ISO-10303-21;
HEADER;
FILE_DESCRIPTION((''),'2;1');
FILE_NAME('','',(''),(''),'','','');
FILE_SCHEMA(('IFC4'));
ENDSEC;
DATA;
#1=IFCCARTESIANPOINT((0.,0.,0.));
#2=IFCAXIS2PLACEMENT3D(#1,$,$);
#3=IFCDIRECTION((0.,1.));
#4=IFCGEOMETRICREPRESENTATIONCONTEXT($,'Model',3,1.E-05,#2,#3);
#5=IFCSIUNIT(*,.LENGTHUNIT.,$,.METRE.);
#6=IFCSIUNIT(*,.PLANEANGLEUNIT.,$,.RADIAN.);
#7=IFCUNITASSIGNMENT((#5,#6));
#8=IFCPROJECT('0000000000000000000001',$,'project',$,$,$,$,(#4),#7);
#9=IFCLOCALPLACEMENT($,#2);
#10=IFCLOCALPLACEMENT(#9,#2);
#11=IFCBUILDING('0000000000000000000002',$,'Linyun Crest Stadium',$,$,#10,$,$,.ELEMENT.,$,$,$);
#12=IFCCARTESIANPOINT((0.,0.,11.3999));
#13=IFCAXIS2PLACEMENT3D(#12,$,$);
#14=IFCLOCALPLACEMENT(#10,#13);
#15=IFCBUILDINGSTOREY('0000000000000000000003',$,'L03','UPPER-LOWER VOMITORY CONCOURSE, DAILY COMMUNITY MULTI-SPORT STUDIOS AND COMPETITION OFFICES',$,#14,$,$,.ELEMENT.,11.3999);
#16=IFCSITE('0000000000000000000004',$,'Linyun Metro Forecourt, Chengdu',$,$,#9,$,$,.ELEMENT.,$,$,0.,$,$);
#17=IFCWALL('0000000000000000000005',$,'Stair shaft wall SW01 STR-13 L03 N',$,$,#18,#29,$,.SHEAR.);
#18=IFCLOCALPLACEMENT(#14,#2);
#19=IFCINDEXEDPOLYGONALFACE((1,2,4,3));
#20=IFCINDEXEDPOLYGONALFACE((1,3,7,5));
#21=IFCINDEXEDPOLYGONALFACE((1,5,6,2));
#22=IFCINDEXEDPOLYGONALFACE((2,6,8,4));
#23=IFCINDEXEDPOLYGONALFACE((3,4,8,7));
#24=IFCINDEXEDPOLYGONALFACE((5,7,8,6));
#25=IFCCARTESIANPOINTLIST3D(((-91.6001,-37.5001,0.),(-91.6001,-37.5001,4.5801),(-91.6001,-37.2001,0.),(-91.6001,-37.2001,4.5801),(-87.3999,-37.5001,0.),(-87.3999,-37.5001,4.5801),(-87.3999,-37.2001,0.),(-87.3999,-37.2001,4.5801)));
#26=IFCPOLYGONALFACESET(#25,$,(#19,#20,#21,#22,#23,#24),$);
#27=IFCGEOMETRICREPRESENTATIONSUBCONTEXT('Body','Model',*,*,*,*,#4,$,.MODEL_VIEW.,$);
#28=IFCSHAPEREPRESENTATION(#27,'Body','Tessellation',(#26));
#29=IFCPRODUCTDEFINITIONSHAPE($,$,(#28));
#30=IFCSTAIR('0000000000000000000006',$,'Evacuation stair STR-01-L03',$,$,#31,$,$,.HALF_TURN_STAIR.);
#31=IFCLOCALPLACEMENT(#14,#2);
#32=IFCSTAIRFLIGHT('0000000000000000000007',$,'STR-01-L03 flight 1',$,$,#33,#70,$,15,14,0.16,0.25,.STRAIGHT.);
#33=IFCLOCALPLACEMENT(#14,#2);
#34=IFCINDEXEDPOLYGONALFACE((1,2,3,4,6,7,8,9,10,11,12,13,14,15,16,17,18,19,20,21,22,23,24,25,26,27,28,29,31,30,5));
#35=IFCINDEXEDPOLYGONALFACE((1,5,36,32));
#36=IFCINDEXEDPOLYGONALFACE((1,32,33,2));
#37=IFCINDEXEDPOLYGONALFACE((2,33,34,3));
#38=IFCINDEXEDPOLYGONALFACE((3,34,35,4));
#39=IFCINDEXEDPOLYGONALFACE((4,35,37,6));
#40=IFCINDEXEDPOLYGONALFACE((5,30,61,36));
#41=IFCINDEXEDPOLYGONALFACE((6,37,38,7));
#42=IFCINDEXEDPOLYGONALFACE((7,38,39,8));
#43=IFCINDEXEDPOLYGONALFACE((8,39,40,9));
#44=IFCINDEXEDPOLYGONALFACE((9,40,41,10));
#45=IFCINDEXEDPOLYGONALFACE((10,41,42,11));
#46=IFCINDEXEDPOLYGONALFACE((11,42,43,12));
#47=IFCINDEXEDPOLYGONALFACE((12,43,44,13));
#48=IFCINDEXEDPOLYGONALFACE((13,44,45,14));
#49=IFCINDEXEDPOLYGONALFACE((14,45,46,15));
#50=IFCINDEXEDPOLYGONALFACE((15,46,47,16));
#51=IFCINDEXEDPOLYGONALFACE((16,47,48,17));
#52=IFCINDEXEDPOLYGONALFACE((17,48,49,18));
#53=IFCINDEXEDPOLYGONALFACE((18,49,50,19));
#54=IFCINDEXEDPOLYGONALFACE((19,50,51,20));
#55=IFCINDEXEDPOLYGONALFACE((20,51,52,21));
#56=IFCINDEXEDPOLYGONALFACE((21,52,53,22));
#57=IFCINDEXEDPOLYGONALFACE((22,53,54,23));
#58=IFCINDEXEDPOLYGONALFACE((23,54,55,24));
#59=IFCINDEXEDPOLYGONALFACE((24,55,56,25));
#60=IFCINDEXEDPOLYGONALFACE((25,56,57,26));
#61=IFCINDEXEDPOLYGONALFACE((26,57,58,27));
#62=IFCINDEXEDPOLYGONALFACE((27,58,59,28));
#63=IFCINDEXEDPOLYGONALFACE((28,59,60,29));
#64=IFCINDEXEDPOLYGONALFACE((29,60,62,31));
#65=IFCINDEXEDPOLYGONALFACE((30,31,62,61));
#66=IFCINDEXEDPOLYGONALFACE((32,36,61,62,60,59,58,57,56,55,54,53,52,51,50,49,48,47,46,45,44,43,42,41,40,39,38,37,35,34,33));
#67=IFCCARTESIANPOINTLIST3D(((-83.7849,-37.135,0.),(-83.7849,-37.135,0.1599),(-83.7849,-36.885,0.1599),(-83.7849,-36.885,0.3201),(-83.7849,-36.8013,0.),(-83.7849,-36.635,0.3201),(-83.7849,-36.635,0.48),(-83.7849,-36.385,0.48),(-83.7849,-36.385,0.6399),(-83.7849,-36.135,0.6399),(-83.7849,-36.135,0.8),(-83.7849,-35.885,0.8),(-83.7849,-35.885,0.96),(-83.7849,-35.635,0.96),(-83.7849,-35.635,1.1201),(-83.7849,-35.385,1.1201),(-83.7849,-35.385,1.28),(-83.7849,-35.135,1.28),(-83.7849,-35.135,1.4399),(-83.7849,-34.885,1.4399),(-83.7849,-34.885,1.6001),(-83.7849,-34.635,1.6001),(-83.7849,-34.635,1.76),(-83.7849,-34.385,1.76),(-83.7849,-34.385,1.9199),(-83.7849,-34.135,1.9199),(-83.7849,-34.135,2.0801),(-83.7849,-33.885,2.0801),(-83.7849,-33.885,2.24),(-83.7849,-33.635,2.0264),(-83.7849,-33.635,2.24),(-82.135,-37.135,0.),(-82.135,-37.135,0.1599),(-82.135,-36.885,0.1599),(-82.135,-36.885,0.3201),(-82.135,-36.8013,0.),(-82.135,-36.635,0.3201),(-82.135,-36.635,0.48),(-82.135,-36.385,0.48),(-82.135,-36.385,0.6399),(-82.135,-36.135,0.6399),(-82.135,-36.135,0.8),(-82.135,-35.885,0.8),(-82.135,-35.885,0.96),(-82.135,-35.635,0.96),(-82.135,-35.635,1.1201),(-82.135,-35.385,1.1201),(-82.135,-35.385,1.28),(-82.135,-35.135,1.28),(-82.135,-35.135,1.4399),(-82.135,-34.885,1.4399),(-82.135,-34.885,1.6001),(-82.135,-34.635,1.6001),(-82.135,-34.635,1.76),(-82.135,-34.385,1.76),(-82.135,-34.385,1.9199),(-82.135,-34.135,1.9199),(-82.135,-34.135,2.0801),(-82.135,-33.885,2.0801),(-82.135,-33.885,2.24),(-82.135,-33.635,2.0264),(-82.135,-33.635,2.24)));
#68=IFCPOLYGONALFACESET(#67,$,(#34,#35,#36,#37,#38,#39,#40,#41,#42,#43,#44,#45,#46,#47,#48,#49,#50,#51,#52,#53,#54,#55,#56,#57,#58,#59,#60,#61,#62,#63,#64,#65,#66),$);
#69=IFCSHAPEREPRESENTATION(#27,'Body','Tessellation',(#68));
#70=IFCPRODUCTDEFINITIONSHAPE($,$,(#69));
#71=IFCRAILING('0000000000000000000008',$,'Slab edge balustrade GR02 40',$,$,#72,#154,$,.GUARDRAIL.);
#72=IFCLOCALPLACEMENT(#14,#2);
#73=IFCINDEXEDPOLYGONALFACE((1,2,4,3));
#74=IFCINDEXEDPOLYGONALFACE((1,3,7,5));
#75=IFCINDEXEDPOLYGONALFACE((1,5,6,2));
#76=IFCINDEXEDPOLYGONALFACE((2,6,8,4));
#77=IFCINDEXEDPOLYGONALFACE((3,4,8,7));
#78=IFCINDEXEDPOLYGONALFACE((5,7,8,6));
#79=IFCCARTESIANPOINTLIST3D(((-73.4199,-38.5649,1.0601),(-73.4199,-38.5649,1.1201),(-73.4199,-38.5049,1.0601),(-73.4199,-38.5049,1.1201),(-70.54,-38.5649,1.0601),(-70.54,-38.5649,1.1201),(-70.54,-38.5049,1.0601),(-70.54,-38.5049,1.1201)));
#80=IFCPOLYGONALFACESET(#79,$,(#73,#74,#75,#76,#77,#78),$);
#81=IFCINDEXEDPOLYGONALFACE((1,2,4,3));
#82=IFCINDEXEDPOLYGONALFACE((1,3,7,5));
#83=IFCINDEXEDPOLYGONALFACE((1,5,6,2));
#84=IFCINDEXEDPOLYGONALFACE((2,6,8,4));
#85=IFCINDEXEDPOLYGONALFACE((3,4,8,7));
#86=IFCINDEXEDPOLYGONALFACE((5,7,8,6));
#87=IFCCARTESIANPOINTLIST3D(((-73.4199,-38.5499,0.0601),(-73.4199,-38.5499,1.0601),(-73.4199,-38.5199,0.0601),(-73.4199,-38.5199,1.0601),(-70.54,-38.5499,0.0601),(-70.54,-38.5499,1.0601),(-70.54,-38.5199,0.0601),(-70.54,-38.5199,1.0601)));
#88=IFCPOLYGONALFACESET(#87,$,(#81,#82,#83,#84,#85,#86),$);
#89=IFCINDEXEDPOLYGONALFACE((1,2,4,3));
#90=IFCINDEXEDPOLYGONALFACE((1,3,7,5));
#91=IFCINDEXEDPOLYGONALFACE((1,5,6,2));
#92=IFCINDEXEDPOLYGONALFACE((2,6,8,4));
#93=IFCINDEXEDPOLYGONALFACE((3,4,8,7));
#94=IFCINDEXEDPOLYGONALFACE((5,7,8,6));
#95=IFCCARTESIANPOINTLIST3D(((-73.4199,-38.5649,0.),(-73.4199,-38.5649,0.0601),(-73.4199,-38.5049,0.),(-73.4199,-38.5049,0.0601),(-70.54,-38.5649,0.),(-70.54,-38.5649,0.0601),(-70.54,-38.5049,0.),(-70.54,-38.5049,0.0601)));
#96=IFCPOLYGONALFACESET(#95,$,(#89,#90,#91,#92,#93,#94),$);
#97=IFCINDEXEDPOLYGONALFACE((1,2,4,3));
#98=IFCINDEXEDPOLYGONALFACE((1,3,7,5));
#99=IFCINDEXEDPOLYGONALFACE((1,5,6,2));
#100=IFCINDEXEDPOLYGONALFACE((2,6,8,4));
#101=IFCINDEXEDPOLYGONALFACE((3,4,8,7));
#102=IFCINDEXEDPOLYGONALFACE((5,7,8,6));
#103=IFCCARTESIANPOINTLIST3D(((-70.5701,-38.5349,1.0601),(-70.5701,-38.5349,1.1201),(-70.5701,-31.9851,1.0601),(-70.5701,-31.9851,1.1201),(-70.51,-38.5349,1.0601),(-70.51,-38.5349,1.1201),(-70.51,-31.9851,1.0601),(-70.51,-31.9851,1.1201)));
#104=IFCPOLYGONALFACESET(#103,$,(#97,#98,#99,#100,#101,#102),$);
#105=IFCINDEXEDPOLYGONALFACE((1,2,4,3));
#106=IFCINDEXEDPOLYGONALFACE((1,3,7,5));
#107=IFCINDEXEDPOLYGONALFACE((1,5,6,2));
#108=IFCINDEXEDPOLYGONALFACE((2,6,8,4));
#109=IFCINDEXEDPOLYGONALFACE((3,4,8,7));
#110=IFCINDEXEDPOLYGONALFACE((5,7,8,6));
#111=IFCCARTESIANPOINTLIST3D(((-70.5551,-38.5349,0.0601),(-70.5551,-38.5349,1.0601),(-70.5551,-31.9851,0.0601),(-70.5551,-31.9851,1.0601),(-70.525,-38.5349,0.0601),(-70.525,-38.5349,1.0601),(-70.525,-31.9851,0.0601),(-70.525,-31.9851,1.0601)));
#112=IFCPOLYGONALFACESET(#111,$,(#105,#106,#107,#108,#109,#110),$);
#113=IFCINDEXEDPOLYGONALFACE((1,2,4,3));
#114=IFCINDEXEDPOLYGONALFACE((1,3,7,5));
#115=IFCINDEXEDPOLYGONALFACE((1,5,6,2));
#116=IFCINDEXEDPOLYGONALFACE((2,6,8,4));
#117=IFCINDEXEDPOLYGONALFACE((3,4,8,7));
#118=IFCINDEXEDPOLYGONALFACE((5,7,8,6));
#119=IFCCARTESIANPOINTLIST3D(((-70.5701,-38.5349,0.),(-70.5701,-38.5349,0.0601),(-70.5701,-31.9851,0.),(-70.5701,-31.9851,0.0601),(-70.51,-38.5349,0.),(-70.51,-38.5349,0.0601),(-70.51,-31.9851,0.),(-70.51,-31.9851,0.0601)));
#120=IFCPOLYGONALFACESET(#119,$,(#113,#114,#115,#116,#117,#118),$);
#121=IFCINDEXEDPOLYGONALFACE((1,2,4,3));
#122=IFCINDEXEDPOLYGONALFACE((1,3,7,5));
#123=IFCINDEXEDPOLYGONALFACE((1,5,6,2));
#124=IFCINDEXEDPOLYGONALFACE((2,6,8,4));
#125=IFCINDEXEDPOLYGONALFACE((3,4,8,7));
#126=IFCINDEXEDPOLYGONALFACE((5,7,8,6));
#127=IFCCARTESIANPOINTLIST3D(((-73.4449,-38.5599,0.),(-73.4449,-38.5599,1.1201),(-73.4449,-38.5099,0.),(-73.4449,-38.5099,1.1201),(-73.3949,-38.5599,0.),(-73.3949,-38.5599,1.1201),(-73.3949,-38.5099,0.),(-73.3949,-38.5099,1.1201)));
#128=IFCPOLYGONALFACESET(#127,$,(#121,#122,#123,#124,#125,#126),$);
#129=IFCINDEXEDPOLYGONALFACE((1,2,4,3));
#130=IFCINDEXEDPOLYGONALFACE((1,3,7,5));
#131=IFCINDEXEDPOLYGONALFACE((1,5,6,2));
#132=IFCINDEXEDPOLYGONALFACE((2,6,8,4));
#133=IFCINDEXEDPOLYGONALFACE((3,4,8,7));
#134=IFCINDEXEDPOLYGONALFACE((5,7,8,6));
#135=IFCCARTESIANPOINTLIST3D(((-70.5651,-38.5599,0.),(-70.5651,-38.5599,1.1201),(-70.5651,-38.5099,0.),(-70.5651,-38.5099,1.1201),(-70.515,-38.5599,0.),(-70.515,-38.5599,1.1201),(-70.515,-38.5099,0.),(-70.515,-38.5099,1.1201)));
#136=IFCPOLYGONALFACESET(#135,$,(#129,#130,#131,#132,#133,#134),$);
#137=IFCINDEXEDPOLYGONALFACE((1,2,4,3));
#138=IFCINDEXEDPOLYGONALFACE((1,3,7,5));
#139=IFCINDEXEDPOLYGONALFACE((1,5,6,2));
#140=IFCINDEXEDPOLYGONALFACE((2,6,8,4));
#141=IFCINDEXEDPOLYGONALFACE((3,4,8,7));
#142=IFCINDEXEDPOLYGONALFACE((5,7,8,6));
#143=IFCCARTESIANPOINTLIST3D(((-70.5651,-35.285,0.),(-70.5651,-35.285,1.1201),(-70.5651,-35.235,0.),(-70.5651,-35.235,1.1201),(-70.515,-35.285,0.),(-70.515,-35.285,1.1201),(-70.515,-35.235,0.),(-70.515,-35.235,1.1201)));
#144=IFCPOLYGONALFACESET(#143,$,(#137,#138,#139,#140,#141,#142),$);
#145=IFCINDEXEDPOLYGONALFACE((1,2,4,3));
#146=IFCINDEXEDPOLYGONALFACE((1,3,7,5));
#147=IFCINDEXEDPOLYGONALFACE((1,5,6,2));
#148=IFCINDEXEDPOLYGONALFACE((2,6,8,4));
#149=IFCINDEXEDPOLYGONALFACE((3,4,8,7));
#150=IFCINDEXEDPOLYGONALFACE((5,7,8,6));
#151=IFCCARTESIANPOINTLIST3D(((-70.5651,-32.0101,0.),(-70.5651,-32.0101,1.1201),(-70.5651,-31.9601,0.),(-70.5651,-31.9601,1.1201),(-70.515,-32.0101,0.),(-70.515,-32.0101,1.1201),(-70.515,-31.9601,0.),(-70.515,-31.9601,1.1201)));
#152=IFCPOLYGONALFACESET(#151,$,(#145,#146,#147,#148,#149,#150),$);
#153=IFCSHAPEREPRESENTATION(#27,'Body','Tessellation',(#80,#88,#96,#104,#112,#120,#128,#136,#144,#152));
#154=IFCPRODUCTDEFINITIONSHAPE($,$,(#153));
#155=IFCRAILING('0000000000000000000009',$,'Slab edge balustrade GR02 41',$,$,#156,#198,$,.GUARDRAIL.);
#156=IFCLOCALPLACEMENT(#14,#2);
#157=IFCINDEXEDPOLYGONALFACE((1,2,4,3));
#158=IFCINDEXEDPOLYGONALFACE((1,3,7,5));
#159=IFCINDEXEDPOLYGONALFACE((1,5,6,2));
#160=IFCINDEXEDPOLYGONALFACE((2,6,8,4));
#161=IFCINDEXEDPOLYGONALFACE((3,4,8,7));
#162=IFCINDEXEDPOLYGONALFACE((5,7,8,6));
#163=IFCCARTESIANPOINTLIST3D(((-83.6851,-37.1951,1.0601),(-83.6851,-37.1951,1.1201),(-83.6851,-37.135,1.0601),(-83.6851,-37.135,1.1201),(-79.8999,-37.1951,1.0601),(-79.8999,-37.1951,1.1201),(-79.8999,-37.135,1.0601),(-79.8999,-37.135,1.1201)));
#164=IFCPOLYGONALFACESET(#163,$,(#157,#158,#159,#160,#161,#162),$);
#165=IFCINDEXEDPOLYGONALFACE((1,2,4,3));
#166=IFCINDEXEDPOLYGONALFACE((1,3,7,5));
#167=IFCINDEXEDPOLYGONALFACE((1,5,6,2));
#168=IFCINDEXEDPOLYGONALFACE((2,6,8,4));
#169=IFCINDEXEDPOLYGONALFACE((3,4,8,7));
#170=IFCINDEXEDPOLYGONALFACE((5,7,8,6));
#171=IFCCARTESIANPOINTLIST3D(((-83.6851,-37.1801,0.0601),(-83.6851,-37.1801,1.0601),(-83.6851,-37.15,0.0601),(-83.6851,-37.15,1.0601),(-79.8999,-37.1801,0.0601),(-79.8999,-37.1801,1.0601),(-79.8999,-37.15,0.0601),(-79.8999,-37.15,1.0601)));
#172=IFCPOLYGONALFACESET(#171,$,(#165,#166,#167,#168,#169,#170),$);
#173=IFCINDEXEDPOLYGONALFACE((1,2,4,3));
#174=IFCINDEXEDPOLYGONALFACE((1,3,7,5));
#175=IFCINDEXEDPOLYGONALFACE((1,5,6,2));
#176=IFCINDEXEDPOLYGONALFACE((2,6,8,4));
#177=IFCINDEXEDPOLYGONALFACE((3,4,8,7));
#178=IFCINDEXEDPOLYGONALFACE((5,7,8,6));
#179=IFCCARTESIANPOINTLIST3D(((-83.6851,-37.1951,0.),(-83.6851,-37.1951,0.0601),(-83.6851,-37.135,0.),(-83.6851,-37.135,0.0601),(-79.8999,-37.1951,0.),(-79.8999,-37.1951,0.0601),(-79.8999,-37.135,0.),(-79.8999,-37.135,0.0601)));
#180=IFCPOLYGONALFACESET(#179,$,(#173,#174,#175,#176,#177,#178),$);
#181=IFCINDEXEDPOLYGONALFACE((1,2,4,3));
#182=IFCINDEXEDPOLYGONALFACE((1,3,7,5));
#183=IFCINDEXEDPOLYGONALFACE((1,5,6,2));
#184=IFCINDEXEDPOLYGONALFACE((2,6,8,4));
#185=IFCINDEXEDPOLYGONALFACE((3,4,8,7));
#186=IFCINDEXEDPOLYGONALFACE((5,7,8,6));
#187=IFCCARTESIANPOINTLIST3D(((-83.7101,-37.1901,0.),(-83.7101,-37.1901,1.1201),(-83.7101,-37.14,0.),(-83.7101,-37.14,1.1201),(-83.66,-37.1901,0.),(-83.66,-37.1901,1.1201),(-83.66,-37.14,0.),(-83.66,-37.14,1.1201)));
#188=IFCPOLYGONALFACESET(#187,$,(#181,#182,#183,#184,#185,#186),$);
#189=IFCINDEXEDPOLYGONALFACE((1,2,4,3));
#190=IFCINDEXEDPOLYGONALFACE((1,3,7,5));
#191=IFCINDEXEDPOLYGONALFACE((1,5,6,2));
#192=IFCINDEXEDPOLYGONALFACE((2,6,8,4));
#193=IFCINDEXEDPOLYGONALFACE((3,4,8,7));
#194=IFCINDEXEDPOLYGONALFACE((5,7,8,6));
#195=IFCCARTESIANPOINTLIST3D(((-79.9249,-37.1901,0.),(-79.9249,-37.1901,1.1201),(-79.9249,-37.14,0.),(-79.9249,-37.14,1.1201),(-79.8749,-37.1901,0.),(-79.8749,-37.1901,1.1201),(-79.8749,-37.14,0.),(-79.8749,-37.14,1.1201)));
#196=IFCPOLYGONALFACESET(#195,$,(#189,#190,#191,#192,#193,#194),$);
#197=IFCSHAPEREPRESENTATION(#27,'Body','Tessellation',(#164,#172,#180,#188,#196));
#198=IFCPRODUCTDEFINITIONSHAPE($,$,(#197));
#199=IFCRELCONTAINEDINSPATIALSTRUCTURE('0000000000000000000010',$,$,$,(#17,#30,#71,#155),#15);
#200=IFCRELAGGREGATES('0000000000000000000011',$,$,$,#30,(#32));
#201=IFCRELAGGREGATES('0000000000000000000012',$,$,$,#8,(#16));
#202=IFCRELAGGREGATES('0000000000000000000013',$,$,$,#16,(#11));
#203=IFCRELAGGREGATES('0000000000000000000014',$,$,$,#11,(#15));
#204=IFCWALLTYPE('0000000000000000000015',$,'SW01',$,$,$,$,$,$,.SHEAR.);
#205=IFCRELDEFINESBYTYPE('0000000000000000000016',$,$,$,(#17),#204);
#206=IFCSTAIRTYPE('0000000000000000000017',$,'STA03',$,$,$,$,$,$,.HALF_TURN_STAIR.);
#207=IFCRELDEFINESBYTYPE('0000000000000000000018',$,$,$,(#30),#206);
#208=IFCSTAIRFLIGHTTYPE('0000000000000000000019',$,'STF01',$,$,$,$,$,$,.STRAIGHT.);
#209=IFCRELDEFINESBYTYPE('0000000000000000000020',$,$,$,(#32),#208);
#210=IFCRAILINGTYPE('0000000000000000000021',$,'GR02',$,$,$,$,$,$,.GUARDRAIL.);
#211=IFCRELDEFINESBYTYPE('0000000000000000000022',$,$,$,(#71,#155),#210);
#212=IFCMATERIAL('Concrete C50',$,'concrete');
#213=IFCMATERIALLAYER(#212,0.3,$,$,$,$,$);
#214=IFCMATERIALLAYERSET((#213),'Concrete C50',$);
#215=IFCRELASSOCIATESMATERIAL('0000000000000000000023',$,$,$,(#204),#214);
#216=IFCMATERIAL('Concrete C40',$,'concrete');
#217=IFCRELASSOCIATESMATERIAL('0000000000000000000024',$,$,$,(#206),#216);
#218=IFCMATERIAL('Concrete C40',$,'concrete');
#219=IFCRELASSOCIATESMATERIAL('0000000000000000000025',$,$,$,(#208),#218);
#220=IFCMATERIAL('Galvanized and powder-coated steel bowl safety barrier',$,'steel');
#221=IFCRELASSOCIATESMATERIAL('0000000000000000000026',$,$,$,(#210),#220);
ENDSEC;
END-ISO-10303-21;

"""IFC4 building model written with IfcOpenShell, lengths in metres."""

from ifc_helpers import new_model, si_unit, direction, frame, frame_2d, origin, origin_2d, place, context, subcontext, project, spatial, polyline, rectangle, outline, extrude, material, layer, layer_set, type_object, element, aggregate, save


model = new_model("IFC4")

# Units and contexts
model_context = context("Model", 3, precision=1e-05, world=origin(), true_north=direction((0.0, 1.0)))
body_context = subcontext(model_context, "Body", "Model", "MODEL_VIEW")
ifc_project = project(units=[si_unit("LENGTHUNIT", "METRE"), si_unit("PLANEANGLEUNIT", "RADIAN")], contexts=[model_context])

# Site, building, storey
site_placement = place(None, origin())
site = spatial("IfcSite", under=ifc_project, at=site_placement, Name="Linyun Metro Forecourt, Chengdu", CompositionType="ELEMENT", RefElevation=0.0)
building_placement = place(site_placement, origin())
building = spatial("IfcBuilding", under=site, at=building_placement, Name="Linyun Crest Stadium", CompositionType="ELEMENT")
storey_placement = place(building_placement, frame((0.0, 0.0, 11.3999)))
storey = spatial("IfcBuildingStorey", under=building, at=storey_placement, Name="L03", Description="UPPER-LOWER VOMITORY CONCOURSE, DAILY COMMUNITY MULTI-SPORT STUDIOS AND COMPETITION OFFICES", CompositionType="ELEMENT", Elevation=11.3999)

# Shared definitions
ifc_material_1 = material(Name="Concrete C50", Category="concrete")
ifc_layer_1 = layer(ifc_material_1, 0.3)
ifc_layer_set_1 = layer_set([ifc_layer_1], Name="Concrete C50")
wall_type_1 = type_object("IfcWallType", Name="SW01", PredefinedType="SHEAR", material=ifc_layer_set_1)

# Wall
wall_1_placement = place(storey_placement, frame((-91.6001, -37.3501, 0.0), z_axis=(0.0, 0.0, 1.0), x_axis=(1.0, 0.0, 0.0)))
element("IfcWall", 1, at=wall_1_placement, inside=storey, type_object=wall_type_1, Name="Stair shaft wall SW01 STR-13 L03 N", PredefinedType="SHEAR", context=body_context, shape_type="SweptSolid", body=[
    extrude(rectangle(XDim=4.2002, YDim=0.3, at=frame_2d((2.1001, 0.0))), origin(), (0.0, 0.0, 1.0), 4.5801),
])

# Stair, stair flight
ifc_material_2 = material(Name="Concrete C40", Category="concrete")
stair_type = type_object("IfcStairType", Name="STA03", PredefinedType="HALF_TURN_STAIR", material=ifc_material_2)
stair_placement = place(storey_placement, origin())
stair = element("IfcStair", 2, at=stair_placement, inside=storey, type_object=stair_type, Name="Evacuation stair STR-01-L03", PredefinedType="HALF_TURN_STAIR")
ifc_material_3 = material(Name="Concrete C40", Category="concrete")
stair_flight_type = type_object("IfcStairFlightType", Name="STF01", PredefinedType="STRAIGHT", material=ifc_material_3)
stair_flight_placement = place(storey_placement, frame((-82.96, -37.135, 0.0), z_axis=(0.0, 0.0, 1.0), x_axis=(0.0, 1.0, 0.0)))
stair_flight = element("IfcStairFlight", 3, at=stair_flight_placement, type_object=stair_flight_type, Name="STR-01-L03 flight 1", NumberOfRisers=15, NumberOfTreads=14, PredefinedType="STRAIGHT", RiserHeight=0.16, TreadLength=0.25, context=body_context, shape_type="SweptSolid", body=[
    extrude(outline(polyline([(0.0, 0.0), (0.0, 0.1599), (0.25, 0.1599), (0.25, 0.3201), (0.5, 0.3201), (0.5, 0.48), (0.75, 0.48), (0.75, 0.6399), (1.0, 0.6399), (1.0, 0.8), (1.25, 0.8), (1.25, 0.96), (1.5, 0.96), (1.5, 1.1201), (1.75, 1.1201), (1.75, 1.28), (2.0, 1.28), (2.0, 1.4399), (2.25, 1.4399), (2.25, 1.6001), (2.5, 1.6001), (2.5, 1.76), (2.75, 1.76), (2.75, 1.9199), (3.0, 1.9199), (3.0, 2.0801), (3.25, 2.0801), (3.25, 2.24), (3.5, 2.24), (3.5, 2.3999), (3.5, 2.0264), (0.3337, 0.0), (0.0, 0.0)])), frame((0.0, 0.825, 0.0), z_axis=(0.0, -1.0, 0.0), x_axis=(1.0, 0.0, 0.0)), (0.0, 0.0, 1.0), 1.6499),
])
aggregate(stair, [stair_flight])

# Railings
ifc_material_4 = material(Name="Galvanized and powder-coated steel bowl safety barrier", Category="steel")
railing_type_1 = type_object("IfcRailingType", Name="GR02", PredefinedType="GUARDRAIL", material=ifc_material_4)
railing_1_placement = place(storey_placement, frame((-73.4199, -38.5349, 0.0)))
element("IfcRailing", 4, at=railing_1_placement, inside=storey, type_object=railing_type_1, Name="Slab edge balustrade GR02 40", PredefinedType="GUARDRAIL", context=body_context, shape_type="SweptSolid", body=[
    extrude(rectangle(XDim=0.0601, YDim=0.0601, at=origin_2d()), frame((0.0, 0.0, 1.0901), z_axis=(1.0, 0.0, 0.0), x_axis=(0.0, 1.0, 0.0)), (0.0, 0.0, 1.0), 2.8799),
    extrude(rectangle(XDim=0.03, YDim=1.0, at=origin_2d()), frame((0.0, 0.0, 0.5601), z_axis=(1.0, 0.0, 0.0), x_axis=(0.0, 1.0, 0.0)), (0.0, 0.0, 1.0), 2.8799),
    extrude(rectangle(XDim=0.0601, YDim=0.0601, at=origin_2d()), frame((0.0, 0.0, 0.03), z_axis=(1.0, 0.0, 0.0), x_axis=(0.0, 1.0, 0.0)), (0.0, 0.0, 1.0), 2.8799),
    extrude(rectangle(XDim=0.0601, YDim=0.0601, at=origin_2d()), frame((2.8799, 0.0, 1.0901), z_axis=(0.0, 1.0, 0.0), x_axis=(-1.0, 0.0, 0.0)), (0.0, 0.0, 1.0), 6.5498),
    extrude(rectangle(XDim=0.03, YDim=1.0, at=origin_2d()), frame((2.8799, 0.0, 0.5601), z_axis=(0.0, 1.0, 0.0), x_axis=(-1.0, 0.0, 0.0)), (0.0, 0.0, 1.0), 6.5498),
    extrude(rectangle(XDim=0.0601, YDim=0.0601, at=origin_2d()), frame((2.8799, 0.0, 0.03), z_axis=(0.0, 1.0, 0.0), x_axis=(-1.0, 0.0, 0.0)), (0.0, 0.0, 1.0), 6.5498),
    extrude(rectangle(XDim=0.05, YDim=0.05, at=origin_2d()), origin(), (0.0, 0.0, 1.0), 1.1201),
    extrude(rectangle(XDim=0.05, YDim=0.05, at=origin_2d()), frame((2.8799, 0.0, 0.0)), (0.0, 0.0, 1.0), 1.1201),
    extrude(rectangle(XDim=0.05, YDim=0.05, at=origin_2d()), frame((2.8799, 3.2749, 0.0)), (0.0, 0.0, 1.0), 1.1201),
    extrude(rectangle(XDim=0.05, YDim=0.05, at=origin_2d()), frame((2.8799, 6.5498, 0.0)), (0.0, 0.0, 1.0), 1.1201),
])
railing_2_placement = place(storey_placement, frame((-83.6851, -37.165, 0.0)))
element("IfcRailing", 5, at=railing_2_placement, inside=storey, type_object=railing_type_1, Name="Slab edge balustrade GR02 41", PredefinedType="GUARDRAIL", context=body_context, shape_type="SweptSolid", body=[
    extrude(rectangle(XDim=0.0601, YDim=0.0601, at=origin_2d()), frame((0.0, 0.0, 1.0901), z_axis=(1.0, 0.0, 0.0), x_axis=(0.0, 1.0, 0.0)), (0.0, 0.0, 1.0), 3.7852),
    extrude(rectangle(XDim=0.03, YDim=1.0, at=origin_2d()), frame((0.0, 0.0, 0.5601), z_axis=(1.0, 0.0, 0.0), x_axis=(0.0, 1.0, 0.0)), (0.0, 0.0, 1.0), 3.7852),
    extrude(rectangle(XDim=0.0601, YDim=0.0601, at=origin_2d()), frame((0.0, 0.0, 0.03), z_axis=(1.0, 0.0, 0.0), x_axis=(0.0, 1.0, 0.0)), (0.0, 0.0, 1.0), 3.7852),
    extrude(rectangle(XDim=0.05, YDim=0.05, at=origin_2d()), origin(), (0.0, 0.0, 1.0), 1.1201),
    extrude(rectangle(XDim=0.05, YDim=0.05, at=origin_2d()), frame((3.7852, 0.0, 0.0)), (0.0, 0.0, 1.0), 1.1201),
])

save(model, "model.ifc")
